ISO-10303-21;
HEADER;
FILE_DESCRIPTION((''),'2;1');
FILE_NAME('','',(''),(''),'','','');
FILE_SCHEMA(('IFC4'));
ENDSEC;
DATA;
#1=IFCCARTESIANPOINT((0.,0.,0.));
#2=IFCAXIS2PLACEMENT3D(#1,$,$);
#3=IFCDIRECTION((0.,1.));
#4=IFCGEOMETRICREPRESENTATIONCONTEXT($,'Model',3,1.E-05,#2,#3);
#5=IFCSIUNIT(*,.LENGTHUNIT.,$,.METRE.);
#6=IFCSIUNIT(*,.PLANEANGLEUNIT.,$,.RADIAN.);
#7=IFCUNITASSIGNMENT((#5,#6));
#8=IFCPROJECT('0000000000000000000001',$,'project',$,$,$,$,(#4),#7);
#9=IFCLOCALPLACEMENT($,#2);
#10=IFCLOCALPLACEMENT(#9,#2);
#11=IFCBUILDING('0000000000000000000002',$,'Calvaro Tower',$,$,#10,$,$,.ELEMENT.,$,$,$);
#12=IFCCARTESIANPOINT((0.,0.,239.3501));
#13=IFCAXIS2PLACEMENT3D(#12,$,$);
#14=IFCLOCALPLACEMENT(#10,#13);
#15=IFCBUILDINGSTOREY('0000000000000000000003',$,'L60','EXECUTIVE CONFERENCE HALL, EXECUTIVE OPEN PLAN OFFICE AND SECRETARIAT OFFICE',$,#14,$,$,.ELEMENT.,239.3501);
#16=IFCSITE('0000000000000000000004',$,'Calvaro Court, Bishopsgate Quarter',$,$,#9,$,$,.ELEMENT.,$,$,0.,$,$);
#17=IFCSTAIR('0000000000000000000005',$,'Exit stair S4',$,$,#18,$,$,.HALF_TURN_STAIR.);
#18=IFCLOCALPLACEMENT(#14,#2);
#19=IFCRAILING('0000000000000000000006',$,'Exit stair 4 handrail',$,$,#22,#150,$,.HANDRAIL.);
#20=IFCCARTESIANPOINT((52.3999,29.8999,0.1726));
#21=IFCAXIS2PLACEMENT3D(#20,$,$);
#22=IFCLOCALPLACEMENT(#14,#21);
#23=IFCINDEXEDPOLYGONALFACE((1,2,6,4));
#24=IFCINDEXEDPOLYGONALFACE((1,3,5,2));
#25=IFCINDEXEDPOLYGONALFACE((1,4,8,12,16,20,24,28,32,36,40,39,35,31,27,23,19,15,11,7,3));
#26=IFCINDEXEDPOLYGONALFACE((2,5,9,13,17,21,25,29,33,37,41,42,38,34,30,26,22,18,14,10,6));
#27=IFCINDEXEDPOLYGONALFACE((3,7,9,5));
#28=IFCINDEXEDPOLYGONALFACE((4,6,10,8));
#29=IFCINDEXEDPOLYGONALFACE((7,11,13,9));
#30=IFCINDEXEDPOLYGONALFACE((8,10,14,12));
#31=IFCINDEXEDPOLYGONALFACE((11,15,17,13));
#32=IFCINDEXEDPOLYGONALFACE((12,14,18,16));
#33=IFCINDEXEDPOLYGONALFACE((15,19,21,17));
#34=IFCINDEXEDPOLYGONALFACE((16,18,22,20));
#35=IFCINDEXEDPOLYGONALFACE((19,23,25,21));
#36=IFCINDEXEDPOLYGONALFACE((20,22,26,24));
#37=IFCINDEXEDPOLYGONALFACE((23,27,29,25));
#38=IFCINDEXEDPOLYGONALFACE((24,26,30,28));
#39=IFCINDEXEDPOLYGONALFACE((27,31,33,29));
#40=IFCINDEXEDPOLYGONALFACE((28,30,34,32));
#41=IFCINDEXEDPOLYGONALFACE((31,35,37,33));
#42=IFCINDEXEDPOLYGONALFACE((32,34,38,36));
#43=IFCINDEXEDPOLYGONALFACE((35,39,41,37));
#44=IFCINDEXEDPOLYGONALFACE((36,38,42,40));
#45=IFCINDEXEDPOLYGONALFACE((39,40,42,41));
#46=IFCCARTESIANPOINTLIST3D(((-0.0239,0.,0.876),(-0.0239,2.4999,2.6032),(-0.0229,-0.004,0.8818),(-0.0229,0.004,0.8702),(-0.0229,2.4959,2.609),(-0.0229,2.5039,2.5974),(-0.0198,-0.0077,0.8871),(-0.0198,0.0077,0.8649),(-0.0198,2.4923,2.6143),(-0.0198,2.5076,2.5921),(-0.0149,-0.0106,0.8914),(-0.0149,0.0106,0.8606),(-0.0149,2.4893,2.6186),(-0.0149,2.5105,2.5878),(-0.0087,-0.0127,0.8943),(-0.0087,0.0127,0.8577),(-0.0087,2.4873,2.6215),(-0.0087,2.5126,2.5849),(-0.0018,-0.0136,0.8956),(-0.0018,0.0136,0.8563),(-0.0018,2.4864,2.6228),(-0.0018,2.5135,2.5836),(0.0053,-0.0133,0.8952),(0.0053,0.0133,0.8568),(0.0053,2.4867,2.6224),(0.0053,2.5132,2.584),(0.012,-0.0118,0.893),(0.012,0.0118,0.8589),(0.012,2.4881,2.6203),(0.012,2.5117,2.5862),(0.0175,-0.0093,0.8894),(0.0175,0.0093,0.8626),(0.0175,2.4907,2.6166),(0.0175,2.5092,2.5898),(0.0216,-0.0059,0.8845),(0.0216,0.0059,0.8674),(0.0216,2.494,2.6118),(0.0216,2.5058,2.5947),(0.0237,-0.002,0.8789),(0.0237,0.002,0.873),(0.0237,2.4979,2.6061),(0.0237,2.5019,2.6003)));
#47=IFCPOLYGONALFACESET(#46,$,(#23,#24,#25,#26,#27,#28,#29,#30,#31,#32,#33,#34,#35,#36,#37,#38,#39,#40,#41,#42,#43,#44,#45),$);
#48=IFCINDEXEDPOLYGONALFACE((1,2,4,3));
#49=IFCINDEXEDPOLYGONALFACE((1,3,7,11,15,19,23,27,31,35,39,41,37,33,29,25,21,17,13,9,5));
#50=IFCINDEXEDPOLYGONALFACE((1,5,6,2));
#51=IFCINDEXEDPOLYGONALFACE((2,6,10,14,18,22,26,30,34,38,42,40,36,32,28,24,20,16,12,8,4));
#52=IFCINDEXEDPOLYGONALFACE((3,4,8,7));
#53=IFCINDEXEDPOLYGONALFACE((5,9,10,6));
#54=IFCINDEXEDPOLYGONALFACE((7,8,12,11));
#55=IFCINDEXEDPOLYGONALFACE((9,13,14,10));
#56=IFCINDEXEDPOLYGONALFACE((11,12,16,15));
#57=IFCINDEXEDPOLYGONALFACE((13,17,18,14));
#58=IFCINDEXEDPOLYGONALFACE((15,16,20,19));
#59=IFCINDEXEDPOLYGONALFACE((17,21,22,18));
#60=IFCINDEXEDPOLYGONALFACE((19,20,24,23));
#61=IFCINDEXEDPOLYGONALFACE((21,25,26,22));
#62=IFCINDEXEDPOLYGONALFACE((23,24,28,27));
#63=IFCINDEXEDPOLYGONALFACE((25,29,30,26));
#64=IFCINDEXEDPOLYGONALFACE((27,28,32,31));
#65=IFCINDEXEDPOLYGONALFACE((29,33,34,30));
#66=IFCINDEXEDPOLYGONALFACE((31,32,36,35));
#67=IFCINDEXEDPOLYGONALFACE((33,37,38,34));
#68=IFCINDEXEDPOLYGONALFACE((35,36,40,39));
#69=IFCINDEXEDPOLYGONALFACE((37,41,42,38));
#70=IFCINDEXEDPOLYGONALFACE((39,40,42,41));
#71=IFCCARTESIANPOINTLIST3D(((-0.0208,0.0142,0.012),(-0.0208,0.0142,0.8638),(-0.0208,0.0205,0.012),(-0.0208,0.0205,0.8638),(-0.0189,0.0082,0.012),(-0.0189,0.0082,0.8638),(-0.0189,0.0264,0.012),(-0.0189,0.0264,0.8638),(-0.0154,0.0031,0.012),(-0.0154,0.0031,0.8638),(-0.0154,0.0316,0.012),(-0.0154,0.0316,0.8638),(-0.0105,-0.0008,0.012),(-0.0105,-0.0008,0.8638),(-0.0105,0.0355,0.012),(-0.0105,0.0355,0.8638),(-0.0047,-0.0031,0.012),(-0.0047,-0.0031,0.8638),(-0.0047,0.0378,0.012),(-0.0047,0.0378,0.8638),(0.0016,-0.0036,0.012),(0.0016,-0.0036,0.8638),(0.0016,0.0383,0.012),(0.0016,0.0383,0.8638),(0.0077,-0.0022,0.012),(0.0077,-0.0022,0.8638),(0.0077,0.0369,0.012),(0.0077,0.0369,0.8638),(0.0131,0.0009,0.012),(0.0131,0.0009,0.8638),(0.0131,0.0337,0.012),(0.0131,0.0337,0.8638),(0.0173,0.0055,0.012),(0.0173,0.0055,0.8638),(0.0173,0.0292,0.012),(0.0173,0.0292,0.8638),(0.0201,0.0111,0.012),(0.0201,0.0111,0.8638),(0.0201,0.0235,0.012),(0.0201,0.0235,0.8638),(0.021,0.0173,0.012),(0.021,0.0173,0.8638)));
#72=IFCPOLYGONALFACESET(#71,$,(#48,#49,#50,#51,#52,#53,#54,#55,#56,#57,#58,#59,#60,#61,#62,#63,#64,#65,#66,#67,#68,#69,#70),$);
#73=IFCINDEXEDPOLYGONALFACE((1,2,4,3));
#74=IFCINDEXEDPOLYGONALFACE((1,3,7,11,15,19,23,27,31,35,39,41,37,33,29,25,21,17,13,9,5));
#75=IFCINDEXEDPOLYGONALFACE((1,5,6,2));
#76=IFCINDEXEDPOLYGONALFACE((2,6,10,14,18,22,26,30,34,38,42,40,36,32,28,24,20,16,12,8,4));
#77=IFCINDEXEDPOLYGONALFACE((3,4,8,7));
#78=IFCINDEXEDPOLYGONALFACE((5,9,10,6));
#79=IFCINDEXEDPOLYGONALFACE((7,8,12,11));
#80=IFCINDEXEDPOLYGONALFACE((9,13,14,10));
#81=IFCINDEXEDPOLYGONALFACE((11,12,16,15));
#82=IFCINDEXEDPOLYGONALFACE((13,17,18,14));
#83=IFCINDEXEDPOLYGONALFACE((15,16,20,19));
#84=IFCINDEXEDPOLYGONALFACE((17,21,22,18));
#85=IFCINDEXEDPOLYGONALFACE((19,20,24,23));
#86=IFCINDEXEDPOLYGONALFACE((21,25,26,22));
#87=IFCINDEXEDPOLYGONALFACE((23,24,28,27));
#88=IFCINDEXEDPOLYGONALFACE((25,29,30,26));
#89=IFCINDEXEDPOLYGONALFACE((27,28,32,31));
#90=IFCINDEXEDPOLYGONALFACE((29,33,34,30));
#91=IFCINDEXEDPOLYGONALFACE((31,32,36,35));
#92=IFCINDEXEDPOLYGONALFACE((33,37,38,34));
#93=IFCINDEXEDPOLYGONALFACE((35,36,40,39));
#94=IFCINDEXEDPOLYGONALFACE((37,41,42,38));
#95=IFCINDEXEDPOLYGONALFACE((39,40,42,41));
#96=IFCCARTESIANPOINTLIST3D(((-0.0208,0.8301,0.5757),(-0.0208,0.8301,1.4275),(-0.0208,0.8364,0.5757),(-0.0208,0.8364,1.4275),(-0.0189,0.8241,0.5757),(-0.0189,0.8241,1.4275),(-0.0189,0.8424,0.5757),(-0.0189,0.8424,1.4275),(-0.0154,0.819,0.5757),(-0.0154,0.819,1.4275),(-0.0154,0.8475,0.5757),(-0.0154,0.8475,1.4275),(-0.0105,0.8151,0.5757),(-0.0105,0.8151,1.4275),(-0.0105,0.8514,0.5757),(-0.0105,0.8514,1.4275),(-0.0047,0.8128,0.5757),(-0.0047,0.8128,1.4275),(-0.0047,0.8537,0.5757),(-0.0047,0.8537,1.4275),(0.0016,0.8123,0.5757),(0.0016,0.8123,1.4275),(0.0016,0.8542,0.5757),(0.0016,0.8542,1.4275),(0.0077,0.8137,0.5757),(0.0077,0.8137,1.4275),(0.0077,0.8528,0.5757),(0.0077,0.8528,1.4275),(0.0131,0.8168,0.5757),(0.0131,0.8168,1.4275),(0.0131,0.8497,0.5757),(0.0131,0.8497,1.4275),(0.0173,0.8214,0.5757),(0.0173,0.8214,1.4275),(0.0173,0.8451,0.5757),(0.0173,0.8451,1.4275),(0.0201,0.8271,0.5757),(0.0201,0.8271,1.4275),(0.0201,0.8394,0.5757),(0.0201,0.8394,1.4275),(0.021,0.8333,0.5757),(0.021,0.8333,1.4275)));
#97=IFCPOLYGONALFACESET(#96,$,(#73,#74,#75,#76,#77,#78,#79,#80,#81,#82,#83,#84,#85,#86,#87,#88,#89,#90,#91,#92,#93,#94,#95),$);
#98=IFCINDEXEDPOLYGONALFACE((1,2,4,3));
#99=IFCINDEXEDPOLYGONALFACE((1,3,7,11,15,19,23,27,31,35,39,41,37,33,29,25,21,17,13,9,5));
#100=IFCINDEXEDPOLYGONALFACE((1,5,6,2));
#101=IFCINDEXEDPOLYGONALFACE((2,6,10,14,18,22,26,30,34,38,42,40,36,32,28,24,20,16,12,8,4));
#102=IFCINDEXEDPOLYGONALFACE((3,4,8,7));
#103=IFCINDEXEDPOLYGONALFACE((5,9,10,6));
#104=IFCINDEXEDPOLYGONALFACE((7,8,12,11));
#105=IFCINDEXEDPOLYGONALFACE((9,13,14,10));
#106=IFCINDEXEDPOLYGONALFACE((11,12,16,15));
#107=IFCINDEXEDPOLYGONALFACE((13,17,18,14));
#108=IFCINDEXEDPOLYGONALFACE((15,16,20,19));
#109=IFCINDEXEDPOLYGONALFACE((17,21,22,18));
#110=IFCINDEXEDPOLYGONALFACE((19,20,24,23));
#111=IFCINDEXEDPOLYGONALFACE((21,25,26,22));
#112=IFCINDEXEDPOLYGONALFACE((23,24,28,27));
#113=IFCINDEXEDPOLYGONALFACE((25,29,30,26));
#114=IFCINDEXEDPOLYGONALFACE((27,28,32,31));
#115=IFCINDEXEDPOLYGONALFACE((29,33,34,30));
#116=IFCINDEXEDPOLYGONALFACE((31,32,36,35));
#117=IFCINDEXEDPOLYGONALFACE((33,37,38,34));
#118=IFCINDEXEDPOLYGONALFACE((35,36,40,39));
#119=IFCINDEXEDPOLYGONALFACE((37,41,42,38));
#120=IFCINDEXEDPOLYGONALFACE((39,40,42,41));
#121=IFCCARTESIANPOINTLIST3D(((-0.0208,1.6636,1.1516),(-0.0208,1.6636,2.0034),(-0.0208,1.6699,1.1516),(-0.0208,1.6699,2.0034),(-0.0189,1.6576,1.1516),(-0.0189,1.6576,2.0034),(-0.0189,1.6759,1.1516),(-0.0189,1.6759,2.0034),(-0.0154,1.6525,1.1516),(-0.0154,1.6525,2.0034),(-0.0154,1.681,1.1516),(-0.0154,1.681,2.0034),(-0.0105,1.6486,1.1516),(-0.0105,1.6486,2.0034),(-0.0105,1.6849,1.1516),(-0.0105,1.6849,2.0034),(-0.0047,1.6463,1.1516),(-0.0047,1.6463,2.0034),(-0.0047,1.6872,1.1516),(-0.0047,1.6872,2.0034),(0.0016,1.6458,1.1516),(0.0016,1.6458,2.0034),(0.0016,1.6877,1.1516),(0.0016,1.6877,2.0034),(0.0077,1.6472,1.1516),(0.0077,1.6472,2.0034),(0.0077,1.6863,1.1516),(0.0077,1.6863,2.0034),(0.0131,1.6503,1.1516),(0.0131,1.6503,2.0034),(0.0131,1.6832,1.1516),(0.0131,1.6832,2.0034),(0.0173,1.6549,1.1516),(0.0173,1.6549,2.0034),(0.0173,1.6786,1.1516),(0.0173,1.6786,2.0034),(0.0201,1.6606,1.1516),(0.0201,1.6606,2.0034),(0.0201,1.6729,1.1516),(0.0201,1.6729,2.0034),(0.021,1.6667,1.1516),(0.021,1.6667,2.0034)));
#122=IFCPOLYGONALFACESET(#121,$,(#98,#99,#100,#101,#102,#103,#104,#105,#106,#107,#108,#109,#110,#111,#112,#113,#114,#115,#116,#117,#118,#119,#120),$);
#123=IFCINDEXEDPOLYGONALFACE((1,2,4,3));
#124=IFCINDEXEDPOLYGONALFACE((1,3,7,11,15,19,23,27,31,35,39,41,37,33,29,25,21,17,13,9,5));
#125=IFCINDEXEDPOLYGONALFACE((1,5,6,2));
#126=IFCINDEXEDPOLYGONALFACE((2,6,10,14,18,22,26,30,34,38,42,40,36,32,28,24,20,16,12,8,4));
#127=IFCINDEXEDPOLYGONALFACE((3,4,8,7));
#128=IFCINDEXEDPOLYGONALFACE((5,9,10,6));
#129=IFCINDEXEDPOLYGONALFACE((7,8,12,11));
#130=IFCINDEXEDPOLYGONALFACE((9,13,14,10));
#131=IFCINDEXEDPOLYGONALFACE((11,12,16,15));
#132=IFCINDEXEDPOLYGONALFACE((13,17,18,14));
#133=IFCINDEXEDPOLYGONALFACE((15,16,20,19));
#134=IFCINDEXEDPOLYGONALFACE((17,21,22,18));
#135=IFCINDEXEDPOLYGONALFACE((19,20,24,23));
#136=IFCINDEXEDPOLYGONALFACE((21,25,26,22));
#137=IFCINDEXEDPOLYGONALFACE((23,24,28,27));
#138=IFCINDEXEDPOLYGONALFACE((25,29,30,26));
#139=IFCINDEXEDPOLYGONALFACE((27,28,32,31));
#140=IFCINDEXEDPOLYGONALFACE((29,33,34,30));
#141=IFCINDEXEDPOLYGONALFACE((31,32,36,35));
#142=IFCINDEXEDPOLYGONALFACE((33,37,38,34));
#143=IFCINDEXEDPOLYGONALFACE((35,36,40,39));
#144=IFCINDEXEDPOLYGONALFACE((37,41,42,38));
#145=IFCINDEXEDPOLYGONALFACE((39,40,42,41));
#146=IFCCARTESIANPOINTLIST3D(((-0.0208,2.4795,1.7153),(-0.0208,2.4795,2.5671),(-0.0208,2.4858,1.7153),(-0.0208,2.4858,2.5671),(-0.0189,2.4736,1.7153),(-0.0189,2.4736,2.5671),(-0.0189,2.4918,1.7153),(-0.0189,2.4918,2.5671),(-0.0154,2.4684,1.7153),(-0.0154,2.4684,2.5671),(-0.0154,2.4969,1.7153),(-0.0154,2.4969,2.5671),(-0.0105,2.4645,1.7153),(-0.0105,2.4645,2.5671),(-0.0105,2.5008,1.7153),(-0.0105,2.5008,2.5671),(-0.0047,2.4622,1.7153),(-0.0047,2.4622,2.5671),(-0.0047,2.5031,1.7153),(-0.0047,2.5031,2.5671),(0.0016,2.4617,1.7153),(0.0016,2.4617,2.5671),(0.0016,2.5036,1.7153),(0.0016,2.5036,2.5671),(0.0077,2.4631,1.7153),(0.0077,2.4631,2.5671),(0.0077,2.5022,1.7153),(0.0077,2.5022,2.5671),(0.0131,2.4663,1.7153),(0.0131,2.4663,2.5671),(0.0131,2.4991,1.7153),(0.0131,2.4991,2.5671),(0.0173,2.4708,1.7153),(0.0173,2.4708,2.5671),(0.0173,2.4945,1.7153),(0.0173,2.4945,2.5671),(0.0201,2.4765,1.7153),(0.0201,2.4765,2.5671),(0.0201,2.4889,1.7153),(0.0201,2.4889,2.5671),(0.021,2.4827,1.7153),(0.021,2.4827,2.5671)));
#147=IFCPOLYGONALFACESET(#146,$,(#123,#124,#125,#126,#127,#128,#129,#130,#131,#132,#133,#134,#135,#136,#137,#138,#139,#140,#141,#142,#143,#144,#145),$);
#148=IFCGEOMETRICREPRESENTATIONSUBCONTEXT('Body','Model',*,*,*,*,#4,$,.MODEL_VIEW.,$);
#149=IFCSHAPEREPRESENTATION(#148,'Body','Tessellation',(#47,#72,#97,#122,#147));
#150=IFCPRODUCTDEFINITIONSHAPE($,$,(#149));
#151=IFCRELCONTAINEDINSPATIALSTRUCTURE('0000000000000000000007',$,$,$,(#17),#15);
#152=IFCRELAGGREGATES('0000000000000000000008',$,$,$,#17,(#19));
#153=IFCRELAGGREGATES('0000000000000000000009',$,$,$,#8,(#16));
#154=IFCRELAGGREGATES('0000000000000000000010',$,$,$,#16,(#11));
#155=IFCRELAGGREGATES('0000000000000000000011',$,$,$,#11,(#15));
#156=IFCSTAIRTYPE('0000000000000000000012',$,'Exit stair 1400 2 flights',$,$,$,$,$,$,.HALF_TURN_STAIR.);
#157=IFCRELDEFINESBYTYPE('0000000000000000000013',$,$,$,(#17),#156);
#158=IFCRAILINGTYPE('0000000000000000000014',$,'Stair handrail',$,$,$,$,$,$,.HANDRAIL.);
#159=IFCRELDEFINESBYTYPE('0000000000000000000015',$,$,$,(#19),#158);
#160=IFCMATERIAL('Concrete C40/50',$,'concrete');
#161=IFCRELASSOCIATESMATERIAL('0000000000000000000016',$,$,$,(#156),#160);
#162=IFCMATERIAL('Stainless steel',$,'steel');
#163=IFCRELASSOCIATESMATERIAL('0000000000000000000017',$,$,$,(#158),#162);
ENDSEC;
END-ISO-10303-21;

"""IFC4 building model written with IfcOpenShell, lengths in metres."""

from ifc_helpers import new_model, si_unit, direction, frame, origin, origin_2d, place, context, subcontext, project, spatial, circle, extrude, material, type_object, element, aggregate, save


model = new_model("IFC4")

# Units and contexts
model_context = context("Model", 3, precision=1e-05, world=origin(), true_north=direction((0.0, 1.0)))
body_context = subcontext(model_context, "Body", "Model", "MODEL_VIEW")
ifc_project = project(units=[si_unit("LENGTHUNIT", "METRE"), si_unit("PLANEANGLEUNIT", "RADIAN")], contexts=[model_context])

# Site, building, storey
site_placement = place(None, origin())
site = spatial("IfcSite", under=ifc_project, at=site_placement, Name="Calvaro Court, Bishopsgate Quarter", CompositionType="ELEMENT", RefElevation=0.0)
building_placement = place(site_placement, origin())
building = spatial("IfcBuilding", under=site, at=building_placement, Name="Calvaro Tower", CompositionType="ELEMENT")
storey_placement = place(building_placement, frame((0.0, 0.0, 239.3501)))
storey = spatial("IfcBuildingStorey", under=building, at=storey_placement, Name="L60", Description="EXECUTIVE CONFERENCE HALL, EXECUTIVE OPEN PLAN OFFICE AND SECRETARIAT OFFICE", CompositionType="ELEMENT", Elevation=239.3501)

# Shared definitions
ifc_material_1 = material(Name="Concrete C40/50", Category="concrete")
stair_type = type_object("IfcStairType", Name="Exit stair 1400 2 flights", PredefinedType="HALF_TURN_STAIR", material=ifc_material_1)

# Stair
stair_1_placement = place(storey_placement, origin())
stair_1 = element("IfcStair", 1, at=stair_1_placement, inside=storey, type_object=stair_type, Name="Exit stair S4", PredefinedType="HALF_TURN_STAIR")

# Railing
ifc_material_2 = material(Name="Stainless steel", Category="steel")
railing_type = type_object("IfcRailingType", Name="Stair handrail", PredefinedType="HANDRAIL", material=ifc_material_2)
railing_1_placement = place(storey_placement, frame((52.3999, 29.8999, 0.1726)))
railing_1 = element("IfcRailing", 2, at=railing_1_placement, type_object=railing_type, Name="Exit stair 4 handrail", PredefinedType="HANDRAIL", context=body_context, shape_type="SweptSolid", body=[
    extrude(circle(Radius=0.0239, at=origin_2d()), frame((0.0, 0.0, 0.876), z_axis=(0.0, 0.822727, 0.568437), x_axis=(-1.0, 0.0, 0.0)), (0.0, 0.0, 1.0), 3.0386),
    extrude(circle(Radius=0.021, at=origin_2d()), frame((0.0, 0.0173, 0.012)), (0.0, 0.0, 1.0), 0.8518),
    extrude(circle(Radius=0.021, at=origin_2d()), frame((0.0, 0.8333, 0.5757)), (0.0, 0.0, 1.0), 0.8518),
    extrude(circle(Radius=0.021, at=origin_2d()), frame((0.0, 1.6667, 1.1516)), (0.0, 0.0, 1.0), 0.8518),
    extrude(circle(Radius=0.021, at=origin_2d()), frame((0.0, 2.4827, 1.7153)), (0.0, 0.0, 1.0), 0.8518),
])
aggregate(stair_1, [railing_1])

save(model, "model.ifc")
